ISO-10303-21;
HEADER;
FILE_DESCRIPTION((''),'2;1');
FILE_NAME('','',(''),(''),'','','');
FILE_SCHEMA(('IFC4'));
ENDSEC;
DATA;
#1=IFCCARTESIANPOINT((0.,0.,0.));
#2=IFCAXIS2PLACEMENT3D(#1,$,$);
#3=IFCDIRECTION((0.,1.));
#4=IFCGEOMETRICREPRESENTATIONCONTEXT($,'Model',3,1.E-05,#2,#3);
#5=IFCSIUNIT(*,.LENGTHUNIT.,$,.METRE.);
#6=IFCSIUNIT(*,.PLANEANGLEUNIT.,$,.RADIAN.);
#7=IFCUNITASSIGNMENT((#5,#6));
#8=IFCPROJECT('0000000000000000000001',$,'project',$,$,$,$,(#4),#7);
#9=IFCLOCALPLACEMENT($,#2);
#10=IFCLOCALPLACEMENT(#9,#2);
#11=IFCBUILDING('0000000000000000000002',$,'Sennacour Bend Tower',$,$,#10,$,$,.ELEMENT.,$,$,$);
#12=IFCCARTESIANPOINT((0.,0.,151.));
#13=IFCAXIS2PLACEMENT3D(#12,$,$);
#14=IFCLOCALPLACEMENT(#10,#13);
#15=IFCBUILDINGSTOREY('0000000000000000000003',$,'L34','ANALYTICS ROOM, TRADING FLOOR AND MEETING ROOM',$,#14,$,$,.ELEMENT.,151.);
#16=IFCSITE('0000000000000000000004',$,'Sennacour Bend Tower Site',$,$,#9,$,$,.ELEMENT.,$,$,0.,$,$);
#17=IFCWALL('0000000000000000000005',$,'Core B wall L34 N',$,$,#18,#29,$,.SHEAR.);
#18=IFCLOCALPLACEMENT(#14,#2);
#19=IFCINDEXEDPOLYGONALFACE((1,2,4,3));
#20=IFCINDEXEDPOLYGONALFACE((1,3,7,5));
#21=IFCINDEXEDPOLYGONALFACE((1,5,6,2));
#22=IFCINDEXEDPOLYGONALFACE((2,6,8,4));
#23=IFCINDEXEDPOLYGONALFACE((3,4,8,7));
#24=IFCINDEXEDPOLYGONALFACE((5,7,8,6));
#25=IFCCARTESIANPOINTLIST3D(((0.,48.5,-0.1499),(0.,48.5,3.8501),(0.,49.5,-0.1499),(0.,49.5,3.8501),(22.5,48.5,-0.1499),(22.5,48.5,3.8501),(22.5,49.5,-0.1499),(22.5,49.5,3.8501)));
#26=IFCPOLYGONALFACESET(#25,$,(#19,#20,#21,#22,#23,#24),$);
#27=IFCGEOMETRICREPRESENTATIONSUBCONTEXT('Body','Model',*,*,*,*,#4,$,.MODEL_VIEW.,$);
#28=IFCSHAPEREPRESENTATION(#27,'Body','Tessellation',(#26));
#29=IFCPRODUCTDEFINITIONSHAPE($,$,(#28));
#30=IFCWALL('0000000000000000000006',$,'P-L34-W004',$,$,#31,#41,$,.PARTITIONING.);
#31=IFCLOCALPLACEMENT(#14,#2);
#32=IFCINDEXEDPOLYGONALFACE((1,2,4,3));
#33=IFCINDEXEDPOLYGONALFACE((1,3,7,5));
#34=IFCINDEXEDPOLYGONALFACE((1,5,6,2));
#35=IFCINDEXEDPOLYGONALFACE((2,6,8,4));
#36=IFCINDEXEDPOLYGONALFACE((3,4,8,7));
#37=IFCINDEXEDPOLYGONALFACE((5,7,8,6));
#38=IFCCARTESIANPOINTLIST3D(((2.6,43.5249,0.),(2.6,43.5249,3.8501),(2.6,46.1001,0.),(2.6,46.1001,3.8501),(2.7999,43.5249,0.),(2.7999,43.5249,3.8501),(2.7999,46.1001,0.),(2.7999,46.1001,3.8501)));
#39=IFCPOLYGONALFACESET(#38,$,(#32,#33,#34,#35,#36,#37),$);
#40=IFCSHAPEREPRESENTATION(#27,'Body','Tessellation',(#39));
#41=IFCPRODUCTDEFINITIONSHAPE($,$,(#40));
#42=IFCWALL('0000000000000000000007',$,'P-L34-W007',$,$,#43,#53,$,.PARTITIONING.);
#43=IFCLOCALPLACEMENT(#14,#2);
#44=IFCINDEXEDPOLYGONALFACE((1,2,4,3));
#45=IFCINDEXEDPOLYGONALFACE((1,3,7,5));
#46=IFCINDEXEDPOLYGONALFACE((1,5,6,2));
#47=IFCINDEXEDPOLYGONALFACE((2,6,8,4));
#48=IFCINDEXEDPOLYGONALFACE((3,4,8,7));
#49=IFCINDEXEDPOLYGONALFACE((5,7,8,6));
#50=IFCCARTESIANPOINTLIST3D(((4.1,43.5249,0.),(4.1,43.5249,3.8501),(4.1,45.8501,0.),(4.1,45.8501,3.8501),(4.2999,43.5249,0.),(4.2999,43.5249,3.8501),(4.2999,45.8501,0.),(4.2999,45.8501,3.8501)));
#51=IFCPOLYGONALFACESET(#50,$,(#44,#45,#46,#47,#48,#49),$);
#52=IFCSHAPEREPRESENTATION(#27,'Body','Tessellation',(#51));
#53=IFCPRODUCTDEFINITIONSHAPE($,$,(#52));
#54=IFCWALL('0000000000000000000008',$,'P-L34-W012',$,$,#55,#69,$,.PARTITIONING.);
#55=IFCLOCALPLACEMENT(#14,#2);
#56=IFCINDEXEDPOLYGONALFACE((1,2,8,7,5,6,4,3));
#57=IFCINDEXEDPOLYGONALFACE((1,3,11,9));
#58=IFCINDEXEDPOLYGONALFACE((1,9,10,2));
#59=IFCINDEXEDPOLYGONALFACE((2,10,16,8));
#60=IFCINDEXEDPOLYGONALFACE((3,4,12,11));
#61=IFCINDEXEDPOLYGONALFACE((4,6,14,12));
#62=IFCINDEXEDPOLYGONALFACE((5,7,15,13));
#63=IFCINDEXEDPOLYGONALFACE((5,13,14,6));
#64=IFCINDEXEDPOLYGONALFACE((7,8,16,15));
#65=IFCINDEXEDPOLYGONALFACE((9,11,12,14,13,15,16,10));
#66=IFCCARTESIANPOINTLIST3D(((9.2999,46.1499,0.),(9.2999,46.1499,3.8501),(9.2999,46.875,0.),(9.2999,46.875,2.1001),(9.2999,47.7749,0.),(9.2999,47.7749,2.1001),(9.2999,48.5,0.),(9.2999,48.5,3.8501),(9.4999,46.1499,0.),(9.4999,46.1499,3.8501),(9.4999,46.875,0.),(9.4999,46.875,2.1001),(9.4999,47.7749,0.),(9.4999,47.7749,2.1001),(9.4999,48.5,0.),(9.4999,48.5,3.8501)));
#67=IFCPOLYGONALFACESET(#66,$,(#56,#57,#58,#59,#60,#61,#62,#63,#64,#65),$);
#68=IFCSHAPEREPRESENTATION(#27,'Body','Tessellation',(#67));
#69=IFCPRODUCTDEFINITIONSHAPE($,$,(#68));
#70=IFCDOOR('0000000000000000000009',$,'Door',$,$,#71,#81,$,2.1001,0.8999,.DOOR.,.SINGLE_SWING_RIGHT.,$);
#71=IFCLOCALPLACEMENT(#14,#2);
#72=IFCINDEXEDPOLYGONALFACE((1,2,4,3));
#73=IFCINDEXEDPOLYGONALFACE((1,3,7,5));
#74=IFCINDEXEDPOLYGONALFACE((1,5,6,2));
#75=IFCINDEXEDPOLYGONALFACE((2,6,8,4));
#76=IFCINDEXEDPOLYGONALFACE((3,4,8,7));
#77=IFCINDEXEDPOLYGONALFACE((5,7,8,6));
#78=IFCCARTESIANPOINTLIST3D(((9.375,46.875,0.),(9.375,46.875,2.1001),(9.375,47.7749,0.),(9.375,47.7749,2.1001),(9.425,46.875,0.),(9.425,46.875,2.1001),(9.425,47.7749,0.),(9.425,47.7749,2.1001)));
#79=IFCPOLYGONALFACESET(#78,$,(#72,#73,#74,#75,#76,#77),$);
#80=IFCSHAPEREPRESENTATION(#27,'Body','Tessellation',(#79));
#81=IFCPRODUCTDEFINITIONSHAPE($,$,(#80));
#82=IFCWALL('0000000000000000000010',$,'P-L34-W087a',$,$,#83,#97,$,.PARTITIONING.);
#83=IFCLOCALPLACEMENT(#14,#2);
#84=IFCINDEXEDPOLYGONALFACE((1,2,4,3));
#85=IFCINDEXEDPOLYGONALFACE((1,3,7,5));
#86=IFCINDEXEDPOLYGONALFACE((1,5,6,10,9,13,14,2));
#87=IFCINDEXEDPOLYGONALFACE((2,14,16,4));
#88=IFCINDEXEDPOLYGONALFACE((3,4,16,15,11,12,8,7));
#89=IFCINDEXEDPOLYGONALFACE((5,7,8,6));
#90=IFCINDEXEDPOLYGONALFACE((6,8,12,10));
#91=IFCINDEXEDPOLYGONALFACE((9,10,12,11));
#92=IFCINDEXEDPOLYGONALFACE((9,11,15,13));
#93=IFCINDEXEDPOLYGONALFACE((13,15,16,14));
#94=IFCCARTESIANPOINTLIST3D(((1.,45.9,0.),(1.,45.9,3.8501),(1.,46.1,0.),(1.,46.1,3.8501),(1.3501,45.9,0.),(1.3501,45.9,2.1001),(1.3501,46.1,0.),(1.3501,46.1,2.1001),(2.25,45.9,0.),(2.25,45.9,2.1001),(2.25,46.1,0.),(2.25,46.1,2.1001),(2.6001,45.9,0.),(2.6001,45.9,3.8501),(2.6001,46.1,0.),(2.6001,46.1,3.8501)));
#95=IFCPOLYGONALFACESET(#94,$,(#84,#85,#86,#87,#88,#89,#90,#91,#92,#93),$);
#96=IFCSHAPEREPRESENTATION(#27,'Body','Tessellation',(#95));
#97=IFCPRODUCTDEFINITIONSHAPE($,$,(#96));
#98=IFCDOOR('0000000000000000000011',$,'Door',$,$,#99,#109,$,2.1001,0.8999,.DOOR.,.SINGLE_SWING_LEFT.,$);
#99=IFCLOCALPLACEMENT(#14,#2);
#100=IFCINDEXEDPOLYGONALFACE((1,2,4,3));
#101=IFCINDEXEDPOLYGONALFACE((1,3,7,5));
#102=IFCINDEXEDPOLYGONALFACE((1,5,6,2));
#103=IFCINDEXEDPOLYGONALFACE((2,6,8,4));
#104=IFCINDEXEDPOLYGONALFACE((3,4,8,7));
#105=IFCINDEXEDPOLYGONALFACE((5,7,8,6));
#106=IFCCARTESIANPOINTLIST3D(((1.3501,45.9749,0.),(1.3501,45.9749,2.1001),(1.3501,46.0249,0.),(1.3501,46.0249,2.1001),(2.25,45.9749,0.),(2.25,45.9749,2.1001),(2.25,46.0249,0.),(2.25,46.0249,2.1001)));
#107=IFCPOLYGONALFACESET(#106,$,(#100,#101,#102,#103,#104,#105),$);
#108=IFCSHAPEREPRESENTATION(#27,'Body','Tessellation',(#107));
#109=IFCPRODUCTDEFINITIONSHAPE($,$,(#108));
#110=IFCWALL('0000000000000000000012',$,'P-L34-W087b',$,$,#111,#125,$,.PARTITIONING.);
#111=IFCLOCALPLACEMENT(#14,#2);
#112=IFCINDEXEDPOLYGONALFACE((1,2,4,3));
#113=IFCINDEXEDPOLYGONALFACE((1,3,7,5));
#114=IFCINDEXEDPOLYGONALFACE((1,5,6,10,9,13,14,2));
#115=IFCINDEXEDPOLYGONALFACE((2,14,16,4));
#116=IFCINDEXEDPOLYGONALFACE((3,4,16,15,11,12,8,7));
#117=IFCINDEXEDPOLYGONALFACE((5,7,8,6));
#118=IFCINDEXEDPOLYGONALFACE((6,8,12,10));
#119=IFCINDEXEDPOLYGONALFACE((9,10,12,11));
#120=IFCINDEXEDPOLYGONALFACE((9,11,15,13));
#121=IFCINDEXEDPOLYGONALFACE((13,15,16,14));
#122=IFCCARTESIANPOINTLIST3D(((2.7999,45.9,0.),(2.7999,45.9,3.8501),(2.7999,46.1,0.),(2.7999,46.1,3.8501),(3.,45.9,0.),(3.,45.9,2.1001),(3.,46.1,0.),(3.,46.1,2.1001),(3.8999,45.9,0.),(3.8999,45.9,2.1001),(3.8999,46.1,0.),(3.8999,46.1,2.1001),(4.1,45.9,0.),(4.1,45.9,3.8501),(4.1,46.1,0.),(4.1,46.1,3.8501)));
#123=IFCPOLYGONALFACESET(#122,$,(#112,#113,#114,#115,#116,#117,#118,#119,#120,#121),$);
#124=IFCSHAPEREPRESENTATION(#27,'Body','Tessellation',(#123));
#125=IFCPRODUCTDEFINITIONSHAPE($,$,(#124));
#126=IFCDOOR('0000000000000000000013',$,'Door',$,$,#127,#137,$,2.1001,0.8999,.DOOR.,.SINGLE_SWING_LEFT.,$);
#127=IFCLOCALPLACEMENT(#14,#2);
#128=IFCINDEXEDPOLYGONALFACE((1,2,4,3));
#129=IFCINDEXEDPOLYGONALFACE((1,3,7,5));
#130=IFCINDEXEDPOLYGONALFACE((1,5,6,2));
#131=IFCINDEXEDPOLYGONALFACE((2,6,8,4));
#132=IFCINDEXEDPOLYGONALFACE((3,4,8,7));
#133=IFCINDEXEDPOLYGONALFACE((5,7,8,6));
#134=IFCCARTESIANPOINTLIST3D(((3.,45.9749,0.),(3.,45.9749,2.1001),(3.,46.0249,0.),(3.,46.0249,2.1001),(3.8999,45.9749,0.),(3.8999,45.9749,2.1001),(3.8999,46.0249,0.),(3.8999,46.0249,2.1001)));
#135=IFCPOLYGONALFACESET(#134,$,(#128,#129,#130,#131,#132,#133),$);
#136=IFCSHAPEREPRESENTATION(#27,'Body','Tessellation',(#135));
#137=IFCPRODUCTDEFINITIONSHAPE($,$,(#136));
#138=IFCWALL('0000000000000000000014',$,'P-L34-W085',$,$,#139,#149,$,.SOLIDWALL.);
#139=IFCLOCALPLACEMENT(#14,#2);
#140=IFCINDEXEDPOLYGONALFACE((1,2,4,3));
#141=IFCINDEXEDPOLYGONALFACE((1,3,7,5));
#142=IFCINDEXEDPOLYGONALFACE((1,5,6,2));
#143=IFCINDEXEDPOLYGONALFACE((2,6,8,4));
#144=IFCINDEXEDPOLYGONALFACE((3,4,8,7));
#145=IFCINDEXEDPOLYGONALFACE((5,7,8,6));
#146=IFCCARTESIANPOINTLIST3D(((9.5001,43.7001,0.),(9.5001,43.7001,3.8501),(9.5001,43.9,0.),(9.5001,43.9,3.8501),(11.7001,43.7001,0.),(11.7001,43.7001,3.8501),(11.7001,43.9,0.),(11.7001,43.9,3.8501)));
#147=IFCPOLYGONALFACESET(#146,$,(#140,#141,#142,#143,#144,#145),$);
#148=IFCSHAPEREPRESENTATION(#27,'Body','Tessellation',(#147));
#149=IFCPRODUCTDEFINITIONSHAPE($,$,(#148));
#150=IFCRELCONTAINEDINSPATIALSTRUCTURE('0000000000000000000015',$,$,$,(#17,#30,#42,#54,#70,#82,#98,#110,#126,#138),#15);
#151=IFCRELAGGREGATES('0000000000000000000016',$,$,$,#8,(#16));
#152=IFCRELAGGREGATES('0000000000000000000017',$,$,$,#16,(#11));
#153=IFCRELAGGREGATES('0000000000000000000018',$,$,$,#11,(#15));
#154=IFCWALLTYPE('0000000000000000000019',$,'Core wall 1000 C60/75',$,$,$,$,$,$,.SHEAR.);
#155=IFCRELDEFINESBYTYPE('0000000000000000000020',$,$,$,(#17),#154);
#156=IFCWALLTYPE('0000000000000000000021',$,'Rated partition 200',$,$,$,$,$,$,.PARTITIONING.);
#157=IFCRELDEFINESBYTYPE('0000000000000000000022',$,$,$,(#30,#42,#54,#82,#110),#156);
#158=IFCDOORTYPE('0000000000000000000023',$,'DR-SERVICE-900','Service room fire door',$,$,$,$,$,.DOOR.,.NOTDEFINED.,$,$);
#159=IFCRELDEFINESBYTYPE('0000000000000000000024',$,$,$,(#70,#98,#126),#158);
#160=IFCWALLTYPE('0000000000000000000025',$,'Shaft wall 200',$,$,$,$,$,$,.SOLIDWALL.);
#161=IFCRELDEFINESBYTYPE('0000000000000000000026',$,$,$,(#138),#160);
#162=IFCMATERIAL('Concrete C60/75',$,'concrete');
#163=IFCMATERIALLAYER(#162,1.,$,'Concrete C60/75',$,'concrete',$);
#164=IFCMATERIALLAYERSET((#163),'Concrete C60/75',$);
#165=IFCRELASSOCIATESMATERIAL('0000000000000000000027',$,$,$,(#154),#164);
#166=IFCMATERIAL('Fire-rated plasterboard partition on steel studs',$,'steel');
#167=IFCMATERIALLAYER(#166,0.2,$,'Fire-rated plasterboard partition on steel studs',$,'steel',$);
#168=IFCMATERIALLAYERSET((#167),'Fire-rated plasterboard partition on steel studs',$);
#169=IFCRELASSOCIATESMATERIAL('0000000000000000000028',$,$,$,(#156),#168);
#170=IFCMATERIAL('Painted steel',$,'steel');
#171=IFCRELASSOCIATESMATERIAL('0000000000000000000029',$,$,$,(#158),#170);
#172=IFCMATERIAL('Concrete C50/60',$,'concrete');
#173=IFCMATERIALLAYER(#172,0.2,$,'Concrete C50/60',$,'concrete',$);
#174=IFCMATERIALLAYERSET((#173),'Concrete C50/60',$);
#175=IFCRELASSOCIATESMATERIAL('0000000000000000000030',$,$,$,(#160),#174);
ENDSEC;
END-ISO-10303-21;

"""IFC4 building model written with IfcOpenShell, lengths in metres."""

from ifc_helpers import new_model, si_unit, direction, frame, frame_2d, origin, place, context, subcontext, project, spatial, rectangle, extrude, material, layer, layer_set, type_object, element, fill, save


model = new_model("IFC4")

# Units and contexts
model_context = context("Model", 3, precision=1e-05, world=origin(), true_north=direction((0.0, 1.0)))
body_context = subcontext(model_context, "Body", "Model", "MODEL_VIEW")
ifc_project = project(units=[si_unit("LENGTHUNIT", "METRE"), si_unit("PLANEANGLEUNIT", "RADIAN")], contexts=[model_context])

# Site, building, storey
site_placement = place(None, origin())
site = spatial("IfcSite", under=ifc_project, at=site_placement, Name="Sennacour Bend Tower Site", CompositionType="ELEMENT", RefElevation=0.0)
building_placement = place(site_placement, origin())
building = spatial("IfcBuilding", under=site, at=building_placement, Name="Sennacour Bend Tower", CompositionType="ELEMENT")
storey_placement = place(building_placement, frame((0.0, 0.0, 151.0)))
storey = spatial("IfcBuildingStorey", under=building, at=storey_placement, Name="L34", Description="ANALYTICS ROOM, TRADING FLOOR AND MEETING ROOM", CompositionType="ELEMENT", Elevation=151.0)

# Walls
ifc_material_1 = material(Name="Concrete C60/75", Category="concrete")
ifc_layer_1 = layer(ifc_material_1, 1.0, Name="Concrete C60/75", Category="concrete")
ifc_layer_set_1 = layer_set([ifc_layer_1], Name="Concrete C60/75")
wall_type_1 = type_object("IfcWallType", Name="Core wall 1000 C60/75", PredefinedType="SHEAR", material=ifc_layer_set_1)
wall_1_placement = place(storey_placement, frame((0.0, 49.0, -0.1499), z_axis=(0.0, 0.0, 1.0), x_axis=(1.0, 0.0, 0.0)))
element("IfcWall", 1, at=wall_1_placement, inside=storey, type_object=wall_type_1, Name="Core B wall L34 N", PredefinedType="SHEAR", context=body_context, shape_type="SweptSolid", body=[
    extrude(rectangle(XDim=22.5, YDim=1.0, at=frame_2d((11.25, 0.0))), origin(), (0.0, 0.0, 1.0), 4.0),
])
ifc_material_2 = material(Name="Fire-rated plasterboard partition on steel studs", Category="steel")
ifc_layer_2 = layer(ifc_material_2, 0.2, Name="Fire-rated plasterboard partition on steel studs", Category="steel")
ifc_layer_set_2 = layer_set([ifc_layer_2], Name="Fire-rated plasterboard partition on steel studs")
wall_type_2 = type_object("IfcWallType", Name="Rated partition 200", PredefinedType="PARTITIONING", material=ifc_layer_set_2)
wall_2_placement = place(storey_placement, frame((2.7, 43.5249, 0.0), z_axis=(0.0, 0.0, 1.0), x_axis=(0.0, 1.0, 0.0)))
element("IfcWall", 2, at=wall_2_placement, inside=storey, type_object=wall_type_2, Name="P-L34-W004", PredefinedType="PARTITIONING", context=body_context, shape_type="SweptSolid", body=[
    extrude(rectangle(XDim=2.5752, YDim=0.2, at=frame_2d((1.2876, 0.0))), origin(), (0.0, 0.0, 1.0), 3.8501),
])
wall_3_placement = place(storey_placement, frame((4.2, 43.5249, 0.0), z_axis=(0.0, 0.0, 1.0), x_axis=(0.0, 1.0, 0.0)))
element("IfcWall", 3, at=wall_3_placement, inside=storey, type_object=wall_type_2, Name="P-L34-W007", PredefinedType="PARTITIONING", context=body_context, shape_type="SweptSolid", body=[
    extrude(rectangle(XDim=2.3252, YDim=0.2, at=frame_2d((1.1626, 0.0))), origin(), (0.0, 0.0, 1.0), 3.8501),
])

# Walls, openings, doors
wall_4_placement = place(storey_placement, frame((9.3999, 46.1499, 0.0), z_axis=(0.0, 0.0, 1.0), x_axis=(0.0, 1.0, 0.0)))
wall_4 = element("IfcWall", 4, at=wall_4_placement, inside=storey, type_object=wall_type_2, Name="P-L34-W012", PredefinedType="PARTITIONING", context=body_context, shape_type="SweptSolid", body=[
    extrude(rectangle(XDim=2.3501, YDim=0.2, at=frame_2d((1.175, 0.0))), origin(), (0.0, 0.0, 1.0), 3.8501),
])
opening_1_placement = place(wall_4_placement, frame((0.7251, 0.0, 0.0)))
opening_1 = element("IfcOpeningElement", 5, at=opening_1_placement, cuts=wall_4, PredefinedType="OPENING", context=body_context, shape_type="SweptSolid", body=[
    extrude(rectangle(XDim=0.8999, YDim=2.1001, at=frame_2d((0.45, 1.05))), frame((0.0, 0.1099, 0.0), z_axis=(0.0, -1.0, 0.0), x_axis=(1.0, 0.0, 0.0)), (0.0, 0.0, 1.0), 0.22),
])
ifc_material_3 = material(Name="Painted steel", Category="steel")
door_type_1 = type_object("IfcDoorType", Name="DR-SERVICE-900", Description="Service room fire door", OperationType="NOTDEFINED", PredefinedType="DOOR", material=ifc_material_3)
door_1_placement = place(opening_1_placement, origin())
door_1 = element("IfcDoor", 6, at=door_1_placement, inside=storey, type_object=door_type_1, Name="Door", OperationType="SINGLE_SWING_RIGHT", OverallHeight=2.1001, OverallWidth=0.8999, PredefinedType="DOOR", context=body_context, shape_type="SweptSolid", body=[
    extrude(rectangle(XDim=0.8999, YDim=2.1001, at=frame_2d((0.45, 1.05))), frame((0.0, 0.0249, 0.0), z_axis=(0.0, -1.0, 0.0), x_axis=(1.0, 0.0, 0.0)), (0.0, 0.0, 1.0), 0.05),
])
fill(opening_1, door_1)
wall_5_placement = place(storey_placement, frame((1.0, 46.0, 0.0), z_axis=(0.0, 0.0, 1.0), x_axis=(1.0, 0.0, 0.0)))
wall_5 = element("IfcWall", 7, at=wall_5_placement, inside=storey, type_object=wall_type_2, Name="P-L34-W087a", PredefinedType="PARTITIONING", context=body_context, shape_type="SweptSolid", body=[
    extrude(rectangle(XDim=1.6001, YDim=0.2, at=frame_2d((0.8, 0.0))), origin(), (0.0, 0.0, 1.0), 3.8501),
])
opening_2_placement = place(wall_5_placement, frame((0.3501, 0.0, 0.0)))
opening_2 = element("IfcOpeningElement", 8, at=opening_2_placement, cuts=wall_5, PredefinedType="OPENING", context=body_context, shape_type="SweptSolid", body=[
    extrude(rectangle(XDim=0.8999, YDim=2.1001, at=frame_2d((0.45, 1.05))), frame((0.0, 0.1099, 0.0), z_axis=(0.0, -1.0, 0.0), x_axis=(1.0, 0.0, 0.0)), (0.0, 0.0, 1.0), 0.22),
])
door_2_placement = place(opening_2_placement, origin())
door_2 = element("IfcDoor", 9, at=door_2_placement, inside=storey, type_object=door_type_1, Name="Door", OperationType="SINGLE_SWING_LEFT", OverallHeight=2.1001, OverallWidth=0.8999, PredefinedType="DOOR", context=body_context, shape_type="SweptSolid", body=[
    extrude(rectangle(XDim=0.8999, YDim=2.1001, at=frame_2d((0.45, 1.05))), frame((0.0, 0.0249, 0.0), z_axis=(0.0, -1.0, 0.0), x_axis=(1.0, 0.0, 0.0)), (0.0, 0.0, 1.0), 0.05),
])
fill(opening_2, door_2)
wall_6_placement = place(storey_placement, frame((2.8, 46.0, 0.0), z_axis=(0.0, 0.0, 1.0), x_axis=(1.0, 0.0, 0.0)))
wall_6 = element("IfcWall", 10, at=wall_6_placement, inside=storey, type_object=wall_type_2, Name="P-L34-W087b", PredefinedType="PARTITIONING", context=body_context, shape_type="SweptSolid", body=[
    extrude(rectangle(XDim=1.3, YDim=0.2, at=frame_2d((0.6499, 0.0))), origin(), (0.0, 0.0, 1.0), 3.8501),
])
opening_3_placement = place(wall_6_placement, frame((0.2, 0.0, 0.0)))
opening_3 = element("IfcOpeningElement", 11, at=opening_3_placement, cuts=wall_6, PredefinedType="OPENING", context=body_context, shape_type="SweptSolid", body=[
    extrude(rectangle(XDim=0.8999, YDim=2.1001, at=frame_2d((0.45, 1.05))), frame((0.0, 0.1099, 0.0), z_axis=(0.0, -1.0, 0.0), x_axis=(1.0, 0.0, 0.0)), (0.0, 0.0, 1.0), 0.22),
])
door_3_placement = place(opening_3_placement, origin())
door_3 = element("IfcDoor", 12, at=door_3_placement, inside=storey, type_object=door_type_1, Name="Door", OperationType="SINGLE_SWING_LEFT", OverallHeight=2.1001, OverallWidth=0.8999, PredefinedType="DOOR", context=body_context, shape_type="SweptSolid", body=[
    extrude(rectangle(XDim=0.8999, YDim=2.1001, at=frame_2d((0.45, 1.05))), frame((0.0, 0.0249, 0.0), z_axis=(0.0, -1.0, 0.0), x_axis=(1.0, 0.0, 0.0)), (0.0, 0.0, 1.0), 0.05),
])
fill(opening_3, door_3)

# Wall
ifc_material_4 = material(Name="Concrete C50/60", Category="concrete")
ifc_layer_3 = layer(ifc_material_4, 0.2, Name="Concrete C50/60", Category="concrete")
ifc_layer_set_3 = layer_set([ifc_layer_3], Name="Concrete C50/60")
wall_type_3 = type_object("IfcWallType", Name="Shaft wall 200", PredefinedType="SOLIDWALL", material=ifc_layer_set_3)
wall_7_placement = place(storey_placement, frame((9.5, 43.8, 0.0), z_axis=(0.0, 0.0, 1.0), x_axis=(1.0, 0.0, 0.0)))
element("IfcWall", 13, at=wall_7_placement, inside=storey, type_object=wall_type_3, Name="P-L34-W085", PredefinedType="SOLIDWALL", context=body_context, shape_type="SweptSolid", body=[
    extrude(rectangle(XDim=2.2, YDim=0.2, at=frame_2d((1.1001, 0.0))), origin(), (0.0, 0.0, 1.0), 3.8501),
])

save(model, "model.ifc")
